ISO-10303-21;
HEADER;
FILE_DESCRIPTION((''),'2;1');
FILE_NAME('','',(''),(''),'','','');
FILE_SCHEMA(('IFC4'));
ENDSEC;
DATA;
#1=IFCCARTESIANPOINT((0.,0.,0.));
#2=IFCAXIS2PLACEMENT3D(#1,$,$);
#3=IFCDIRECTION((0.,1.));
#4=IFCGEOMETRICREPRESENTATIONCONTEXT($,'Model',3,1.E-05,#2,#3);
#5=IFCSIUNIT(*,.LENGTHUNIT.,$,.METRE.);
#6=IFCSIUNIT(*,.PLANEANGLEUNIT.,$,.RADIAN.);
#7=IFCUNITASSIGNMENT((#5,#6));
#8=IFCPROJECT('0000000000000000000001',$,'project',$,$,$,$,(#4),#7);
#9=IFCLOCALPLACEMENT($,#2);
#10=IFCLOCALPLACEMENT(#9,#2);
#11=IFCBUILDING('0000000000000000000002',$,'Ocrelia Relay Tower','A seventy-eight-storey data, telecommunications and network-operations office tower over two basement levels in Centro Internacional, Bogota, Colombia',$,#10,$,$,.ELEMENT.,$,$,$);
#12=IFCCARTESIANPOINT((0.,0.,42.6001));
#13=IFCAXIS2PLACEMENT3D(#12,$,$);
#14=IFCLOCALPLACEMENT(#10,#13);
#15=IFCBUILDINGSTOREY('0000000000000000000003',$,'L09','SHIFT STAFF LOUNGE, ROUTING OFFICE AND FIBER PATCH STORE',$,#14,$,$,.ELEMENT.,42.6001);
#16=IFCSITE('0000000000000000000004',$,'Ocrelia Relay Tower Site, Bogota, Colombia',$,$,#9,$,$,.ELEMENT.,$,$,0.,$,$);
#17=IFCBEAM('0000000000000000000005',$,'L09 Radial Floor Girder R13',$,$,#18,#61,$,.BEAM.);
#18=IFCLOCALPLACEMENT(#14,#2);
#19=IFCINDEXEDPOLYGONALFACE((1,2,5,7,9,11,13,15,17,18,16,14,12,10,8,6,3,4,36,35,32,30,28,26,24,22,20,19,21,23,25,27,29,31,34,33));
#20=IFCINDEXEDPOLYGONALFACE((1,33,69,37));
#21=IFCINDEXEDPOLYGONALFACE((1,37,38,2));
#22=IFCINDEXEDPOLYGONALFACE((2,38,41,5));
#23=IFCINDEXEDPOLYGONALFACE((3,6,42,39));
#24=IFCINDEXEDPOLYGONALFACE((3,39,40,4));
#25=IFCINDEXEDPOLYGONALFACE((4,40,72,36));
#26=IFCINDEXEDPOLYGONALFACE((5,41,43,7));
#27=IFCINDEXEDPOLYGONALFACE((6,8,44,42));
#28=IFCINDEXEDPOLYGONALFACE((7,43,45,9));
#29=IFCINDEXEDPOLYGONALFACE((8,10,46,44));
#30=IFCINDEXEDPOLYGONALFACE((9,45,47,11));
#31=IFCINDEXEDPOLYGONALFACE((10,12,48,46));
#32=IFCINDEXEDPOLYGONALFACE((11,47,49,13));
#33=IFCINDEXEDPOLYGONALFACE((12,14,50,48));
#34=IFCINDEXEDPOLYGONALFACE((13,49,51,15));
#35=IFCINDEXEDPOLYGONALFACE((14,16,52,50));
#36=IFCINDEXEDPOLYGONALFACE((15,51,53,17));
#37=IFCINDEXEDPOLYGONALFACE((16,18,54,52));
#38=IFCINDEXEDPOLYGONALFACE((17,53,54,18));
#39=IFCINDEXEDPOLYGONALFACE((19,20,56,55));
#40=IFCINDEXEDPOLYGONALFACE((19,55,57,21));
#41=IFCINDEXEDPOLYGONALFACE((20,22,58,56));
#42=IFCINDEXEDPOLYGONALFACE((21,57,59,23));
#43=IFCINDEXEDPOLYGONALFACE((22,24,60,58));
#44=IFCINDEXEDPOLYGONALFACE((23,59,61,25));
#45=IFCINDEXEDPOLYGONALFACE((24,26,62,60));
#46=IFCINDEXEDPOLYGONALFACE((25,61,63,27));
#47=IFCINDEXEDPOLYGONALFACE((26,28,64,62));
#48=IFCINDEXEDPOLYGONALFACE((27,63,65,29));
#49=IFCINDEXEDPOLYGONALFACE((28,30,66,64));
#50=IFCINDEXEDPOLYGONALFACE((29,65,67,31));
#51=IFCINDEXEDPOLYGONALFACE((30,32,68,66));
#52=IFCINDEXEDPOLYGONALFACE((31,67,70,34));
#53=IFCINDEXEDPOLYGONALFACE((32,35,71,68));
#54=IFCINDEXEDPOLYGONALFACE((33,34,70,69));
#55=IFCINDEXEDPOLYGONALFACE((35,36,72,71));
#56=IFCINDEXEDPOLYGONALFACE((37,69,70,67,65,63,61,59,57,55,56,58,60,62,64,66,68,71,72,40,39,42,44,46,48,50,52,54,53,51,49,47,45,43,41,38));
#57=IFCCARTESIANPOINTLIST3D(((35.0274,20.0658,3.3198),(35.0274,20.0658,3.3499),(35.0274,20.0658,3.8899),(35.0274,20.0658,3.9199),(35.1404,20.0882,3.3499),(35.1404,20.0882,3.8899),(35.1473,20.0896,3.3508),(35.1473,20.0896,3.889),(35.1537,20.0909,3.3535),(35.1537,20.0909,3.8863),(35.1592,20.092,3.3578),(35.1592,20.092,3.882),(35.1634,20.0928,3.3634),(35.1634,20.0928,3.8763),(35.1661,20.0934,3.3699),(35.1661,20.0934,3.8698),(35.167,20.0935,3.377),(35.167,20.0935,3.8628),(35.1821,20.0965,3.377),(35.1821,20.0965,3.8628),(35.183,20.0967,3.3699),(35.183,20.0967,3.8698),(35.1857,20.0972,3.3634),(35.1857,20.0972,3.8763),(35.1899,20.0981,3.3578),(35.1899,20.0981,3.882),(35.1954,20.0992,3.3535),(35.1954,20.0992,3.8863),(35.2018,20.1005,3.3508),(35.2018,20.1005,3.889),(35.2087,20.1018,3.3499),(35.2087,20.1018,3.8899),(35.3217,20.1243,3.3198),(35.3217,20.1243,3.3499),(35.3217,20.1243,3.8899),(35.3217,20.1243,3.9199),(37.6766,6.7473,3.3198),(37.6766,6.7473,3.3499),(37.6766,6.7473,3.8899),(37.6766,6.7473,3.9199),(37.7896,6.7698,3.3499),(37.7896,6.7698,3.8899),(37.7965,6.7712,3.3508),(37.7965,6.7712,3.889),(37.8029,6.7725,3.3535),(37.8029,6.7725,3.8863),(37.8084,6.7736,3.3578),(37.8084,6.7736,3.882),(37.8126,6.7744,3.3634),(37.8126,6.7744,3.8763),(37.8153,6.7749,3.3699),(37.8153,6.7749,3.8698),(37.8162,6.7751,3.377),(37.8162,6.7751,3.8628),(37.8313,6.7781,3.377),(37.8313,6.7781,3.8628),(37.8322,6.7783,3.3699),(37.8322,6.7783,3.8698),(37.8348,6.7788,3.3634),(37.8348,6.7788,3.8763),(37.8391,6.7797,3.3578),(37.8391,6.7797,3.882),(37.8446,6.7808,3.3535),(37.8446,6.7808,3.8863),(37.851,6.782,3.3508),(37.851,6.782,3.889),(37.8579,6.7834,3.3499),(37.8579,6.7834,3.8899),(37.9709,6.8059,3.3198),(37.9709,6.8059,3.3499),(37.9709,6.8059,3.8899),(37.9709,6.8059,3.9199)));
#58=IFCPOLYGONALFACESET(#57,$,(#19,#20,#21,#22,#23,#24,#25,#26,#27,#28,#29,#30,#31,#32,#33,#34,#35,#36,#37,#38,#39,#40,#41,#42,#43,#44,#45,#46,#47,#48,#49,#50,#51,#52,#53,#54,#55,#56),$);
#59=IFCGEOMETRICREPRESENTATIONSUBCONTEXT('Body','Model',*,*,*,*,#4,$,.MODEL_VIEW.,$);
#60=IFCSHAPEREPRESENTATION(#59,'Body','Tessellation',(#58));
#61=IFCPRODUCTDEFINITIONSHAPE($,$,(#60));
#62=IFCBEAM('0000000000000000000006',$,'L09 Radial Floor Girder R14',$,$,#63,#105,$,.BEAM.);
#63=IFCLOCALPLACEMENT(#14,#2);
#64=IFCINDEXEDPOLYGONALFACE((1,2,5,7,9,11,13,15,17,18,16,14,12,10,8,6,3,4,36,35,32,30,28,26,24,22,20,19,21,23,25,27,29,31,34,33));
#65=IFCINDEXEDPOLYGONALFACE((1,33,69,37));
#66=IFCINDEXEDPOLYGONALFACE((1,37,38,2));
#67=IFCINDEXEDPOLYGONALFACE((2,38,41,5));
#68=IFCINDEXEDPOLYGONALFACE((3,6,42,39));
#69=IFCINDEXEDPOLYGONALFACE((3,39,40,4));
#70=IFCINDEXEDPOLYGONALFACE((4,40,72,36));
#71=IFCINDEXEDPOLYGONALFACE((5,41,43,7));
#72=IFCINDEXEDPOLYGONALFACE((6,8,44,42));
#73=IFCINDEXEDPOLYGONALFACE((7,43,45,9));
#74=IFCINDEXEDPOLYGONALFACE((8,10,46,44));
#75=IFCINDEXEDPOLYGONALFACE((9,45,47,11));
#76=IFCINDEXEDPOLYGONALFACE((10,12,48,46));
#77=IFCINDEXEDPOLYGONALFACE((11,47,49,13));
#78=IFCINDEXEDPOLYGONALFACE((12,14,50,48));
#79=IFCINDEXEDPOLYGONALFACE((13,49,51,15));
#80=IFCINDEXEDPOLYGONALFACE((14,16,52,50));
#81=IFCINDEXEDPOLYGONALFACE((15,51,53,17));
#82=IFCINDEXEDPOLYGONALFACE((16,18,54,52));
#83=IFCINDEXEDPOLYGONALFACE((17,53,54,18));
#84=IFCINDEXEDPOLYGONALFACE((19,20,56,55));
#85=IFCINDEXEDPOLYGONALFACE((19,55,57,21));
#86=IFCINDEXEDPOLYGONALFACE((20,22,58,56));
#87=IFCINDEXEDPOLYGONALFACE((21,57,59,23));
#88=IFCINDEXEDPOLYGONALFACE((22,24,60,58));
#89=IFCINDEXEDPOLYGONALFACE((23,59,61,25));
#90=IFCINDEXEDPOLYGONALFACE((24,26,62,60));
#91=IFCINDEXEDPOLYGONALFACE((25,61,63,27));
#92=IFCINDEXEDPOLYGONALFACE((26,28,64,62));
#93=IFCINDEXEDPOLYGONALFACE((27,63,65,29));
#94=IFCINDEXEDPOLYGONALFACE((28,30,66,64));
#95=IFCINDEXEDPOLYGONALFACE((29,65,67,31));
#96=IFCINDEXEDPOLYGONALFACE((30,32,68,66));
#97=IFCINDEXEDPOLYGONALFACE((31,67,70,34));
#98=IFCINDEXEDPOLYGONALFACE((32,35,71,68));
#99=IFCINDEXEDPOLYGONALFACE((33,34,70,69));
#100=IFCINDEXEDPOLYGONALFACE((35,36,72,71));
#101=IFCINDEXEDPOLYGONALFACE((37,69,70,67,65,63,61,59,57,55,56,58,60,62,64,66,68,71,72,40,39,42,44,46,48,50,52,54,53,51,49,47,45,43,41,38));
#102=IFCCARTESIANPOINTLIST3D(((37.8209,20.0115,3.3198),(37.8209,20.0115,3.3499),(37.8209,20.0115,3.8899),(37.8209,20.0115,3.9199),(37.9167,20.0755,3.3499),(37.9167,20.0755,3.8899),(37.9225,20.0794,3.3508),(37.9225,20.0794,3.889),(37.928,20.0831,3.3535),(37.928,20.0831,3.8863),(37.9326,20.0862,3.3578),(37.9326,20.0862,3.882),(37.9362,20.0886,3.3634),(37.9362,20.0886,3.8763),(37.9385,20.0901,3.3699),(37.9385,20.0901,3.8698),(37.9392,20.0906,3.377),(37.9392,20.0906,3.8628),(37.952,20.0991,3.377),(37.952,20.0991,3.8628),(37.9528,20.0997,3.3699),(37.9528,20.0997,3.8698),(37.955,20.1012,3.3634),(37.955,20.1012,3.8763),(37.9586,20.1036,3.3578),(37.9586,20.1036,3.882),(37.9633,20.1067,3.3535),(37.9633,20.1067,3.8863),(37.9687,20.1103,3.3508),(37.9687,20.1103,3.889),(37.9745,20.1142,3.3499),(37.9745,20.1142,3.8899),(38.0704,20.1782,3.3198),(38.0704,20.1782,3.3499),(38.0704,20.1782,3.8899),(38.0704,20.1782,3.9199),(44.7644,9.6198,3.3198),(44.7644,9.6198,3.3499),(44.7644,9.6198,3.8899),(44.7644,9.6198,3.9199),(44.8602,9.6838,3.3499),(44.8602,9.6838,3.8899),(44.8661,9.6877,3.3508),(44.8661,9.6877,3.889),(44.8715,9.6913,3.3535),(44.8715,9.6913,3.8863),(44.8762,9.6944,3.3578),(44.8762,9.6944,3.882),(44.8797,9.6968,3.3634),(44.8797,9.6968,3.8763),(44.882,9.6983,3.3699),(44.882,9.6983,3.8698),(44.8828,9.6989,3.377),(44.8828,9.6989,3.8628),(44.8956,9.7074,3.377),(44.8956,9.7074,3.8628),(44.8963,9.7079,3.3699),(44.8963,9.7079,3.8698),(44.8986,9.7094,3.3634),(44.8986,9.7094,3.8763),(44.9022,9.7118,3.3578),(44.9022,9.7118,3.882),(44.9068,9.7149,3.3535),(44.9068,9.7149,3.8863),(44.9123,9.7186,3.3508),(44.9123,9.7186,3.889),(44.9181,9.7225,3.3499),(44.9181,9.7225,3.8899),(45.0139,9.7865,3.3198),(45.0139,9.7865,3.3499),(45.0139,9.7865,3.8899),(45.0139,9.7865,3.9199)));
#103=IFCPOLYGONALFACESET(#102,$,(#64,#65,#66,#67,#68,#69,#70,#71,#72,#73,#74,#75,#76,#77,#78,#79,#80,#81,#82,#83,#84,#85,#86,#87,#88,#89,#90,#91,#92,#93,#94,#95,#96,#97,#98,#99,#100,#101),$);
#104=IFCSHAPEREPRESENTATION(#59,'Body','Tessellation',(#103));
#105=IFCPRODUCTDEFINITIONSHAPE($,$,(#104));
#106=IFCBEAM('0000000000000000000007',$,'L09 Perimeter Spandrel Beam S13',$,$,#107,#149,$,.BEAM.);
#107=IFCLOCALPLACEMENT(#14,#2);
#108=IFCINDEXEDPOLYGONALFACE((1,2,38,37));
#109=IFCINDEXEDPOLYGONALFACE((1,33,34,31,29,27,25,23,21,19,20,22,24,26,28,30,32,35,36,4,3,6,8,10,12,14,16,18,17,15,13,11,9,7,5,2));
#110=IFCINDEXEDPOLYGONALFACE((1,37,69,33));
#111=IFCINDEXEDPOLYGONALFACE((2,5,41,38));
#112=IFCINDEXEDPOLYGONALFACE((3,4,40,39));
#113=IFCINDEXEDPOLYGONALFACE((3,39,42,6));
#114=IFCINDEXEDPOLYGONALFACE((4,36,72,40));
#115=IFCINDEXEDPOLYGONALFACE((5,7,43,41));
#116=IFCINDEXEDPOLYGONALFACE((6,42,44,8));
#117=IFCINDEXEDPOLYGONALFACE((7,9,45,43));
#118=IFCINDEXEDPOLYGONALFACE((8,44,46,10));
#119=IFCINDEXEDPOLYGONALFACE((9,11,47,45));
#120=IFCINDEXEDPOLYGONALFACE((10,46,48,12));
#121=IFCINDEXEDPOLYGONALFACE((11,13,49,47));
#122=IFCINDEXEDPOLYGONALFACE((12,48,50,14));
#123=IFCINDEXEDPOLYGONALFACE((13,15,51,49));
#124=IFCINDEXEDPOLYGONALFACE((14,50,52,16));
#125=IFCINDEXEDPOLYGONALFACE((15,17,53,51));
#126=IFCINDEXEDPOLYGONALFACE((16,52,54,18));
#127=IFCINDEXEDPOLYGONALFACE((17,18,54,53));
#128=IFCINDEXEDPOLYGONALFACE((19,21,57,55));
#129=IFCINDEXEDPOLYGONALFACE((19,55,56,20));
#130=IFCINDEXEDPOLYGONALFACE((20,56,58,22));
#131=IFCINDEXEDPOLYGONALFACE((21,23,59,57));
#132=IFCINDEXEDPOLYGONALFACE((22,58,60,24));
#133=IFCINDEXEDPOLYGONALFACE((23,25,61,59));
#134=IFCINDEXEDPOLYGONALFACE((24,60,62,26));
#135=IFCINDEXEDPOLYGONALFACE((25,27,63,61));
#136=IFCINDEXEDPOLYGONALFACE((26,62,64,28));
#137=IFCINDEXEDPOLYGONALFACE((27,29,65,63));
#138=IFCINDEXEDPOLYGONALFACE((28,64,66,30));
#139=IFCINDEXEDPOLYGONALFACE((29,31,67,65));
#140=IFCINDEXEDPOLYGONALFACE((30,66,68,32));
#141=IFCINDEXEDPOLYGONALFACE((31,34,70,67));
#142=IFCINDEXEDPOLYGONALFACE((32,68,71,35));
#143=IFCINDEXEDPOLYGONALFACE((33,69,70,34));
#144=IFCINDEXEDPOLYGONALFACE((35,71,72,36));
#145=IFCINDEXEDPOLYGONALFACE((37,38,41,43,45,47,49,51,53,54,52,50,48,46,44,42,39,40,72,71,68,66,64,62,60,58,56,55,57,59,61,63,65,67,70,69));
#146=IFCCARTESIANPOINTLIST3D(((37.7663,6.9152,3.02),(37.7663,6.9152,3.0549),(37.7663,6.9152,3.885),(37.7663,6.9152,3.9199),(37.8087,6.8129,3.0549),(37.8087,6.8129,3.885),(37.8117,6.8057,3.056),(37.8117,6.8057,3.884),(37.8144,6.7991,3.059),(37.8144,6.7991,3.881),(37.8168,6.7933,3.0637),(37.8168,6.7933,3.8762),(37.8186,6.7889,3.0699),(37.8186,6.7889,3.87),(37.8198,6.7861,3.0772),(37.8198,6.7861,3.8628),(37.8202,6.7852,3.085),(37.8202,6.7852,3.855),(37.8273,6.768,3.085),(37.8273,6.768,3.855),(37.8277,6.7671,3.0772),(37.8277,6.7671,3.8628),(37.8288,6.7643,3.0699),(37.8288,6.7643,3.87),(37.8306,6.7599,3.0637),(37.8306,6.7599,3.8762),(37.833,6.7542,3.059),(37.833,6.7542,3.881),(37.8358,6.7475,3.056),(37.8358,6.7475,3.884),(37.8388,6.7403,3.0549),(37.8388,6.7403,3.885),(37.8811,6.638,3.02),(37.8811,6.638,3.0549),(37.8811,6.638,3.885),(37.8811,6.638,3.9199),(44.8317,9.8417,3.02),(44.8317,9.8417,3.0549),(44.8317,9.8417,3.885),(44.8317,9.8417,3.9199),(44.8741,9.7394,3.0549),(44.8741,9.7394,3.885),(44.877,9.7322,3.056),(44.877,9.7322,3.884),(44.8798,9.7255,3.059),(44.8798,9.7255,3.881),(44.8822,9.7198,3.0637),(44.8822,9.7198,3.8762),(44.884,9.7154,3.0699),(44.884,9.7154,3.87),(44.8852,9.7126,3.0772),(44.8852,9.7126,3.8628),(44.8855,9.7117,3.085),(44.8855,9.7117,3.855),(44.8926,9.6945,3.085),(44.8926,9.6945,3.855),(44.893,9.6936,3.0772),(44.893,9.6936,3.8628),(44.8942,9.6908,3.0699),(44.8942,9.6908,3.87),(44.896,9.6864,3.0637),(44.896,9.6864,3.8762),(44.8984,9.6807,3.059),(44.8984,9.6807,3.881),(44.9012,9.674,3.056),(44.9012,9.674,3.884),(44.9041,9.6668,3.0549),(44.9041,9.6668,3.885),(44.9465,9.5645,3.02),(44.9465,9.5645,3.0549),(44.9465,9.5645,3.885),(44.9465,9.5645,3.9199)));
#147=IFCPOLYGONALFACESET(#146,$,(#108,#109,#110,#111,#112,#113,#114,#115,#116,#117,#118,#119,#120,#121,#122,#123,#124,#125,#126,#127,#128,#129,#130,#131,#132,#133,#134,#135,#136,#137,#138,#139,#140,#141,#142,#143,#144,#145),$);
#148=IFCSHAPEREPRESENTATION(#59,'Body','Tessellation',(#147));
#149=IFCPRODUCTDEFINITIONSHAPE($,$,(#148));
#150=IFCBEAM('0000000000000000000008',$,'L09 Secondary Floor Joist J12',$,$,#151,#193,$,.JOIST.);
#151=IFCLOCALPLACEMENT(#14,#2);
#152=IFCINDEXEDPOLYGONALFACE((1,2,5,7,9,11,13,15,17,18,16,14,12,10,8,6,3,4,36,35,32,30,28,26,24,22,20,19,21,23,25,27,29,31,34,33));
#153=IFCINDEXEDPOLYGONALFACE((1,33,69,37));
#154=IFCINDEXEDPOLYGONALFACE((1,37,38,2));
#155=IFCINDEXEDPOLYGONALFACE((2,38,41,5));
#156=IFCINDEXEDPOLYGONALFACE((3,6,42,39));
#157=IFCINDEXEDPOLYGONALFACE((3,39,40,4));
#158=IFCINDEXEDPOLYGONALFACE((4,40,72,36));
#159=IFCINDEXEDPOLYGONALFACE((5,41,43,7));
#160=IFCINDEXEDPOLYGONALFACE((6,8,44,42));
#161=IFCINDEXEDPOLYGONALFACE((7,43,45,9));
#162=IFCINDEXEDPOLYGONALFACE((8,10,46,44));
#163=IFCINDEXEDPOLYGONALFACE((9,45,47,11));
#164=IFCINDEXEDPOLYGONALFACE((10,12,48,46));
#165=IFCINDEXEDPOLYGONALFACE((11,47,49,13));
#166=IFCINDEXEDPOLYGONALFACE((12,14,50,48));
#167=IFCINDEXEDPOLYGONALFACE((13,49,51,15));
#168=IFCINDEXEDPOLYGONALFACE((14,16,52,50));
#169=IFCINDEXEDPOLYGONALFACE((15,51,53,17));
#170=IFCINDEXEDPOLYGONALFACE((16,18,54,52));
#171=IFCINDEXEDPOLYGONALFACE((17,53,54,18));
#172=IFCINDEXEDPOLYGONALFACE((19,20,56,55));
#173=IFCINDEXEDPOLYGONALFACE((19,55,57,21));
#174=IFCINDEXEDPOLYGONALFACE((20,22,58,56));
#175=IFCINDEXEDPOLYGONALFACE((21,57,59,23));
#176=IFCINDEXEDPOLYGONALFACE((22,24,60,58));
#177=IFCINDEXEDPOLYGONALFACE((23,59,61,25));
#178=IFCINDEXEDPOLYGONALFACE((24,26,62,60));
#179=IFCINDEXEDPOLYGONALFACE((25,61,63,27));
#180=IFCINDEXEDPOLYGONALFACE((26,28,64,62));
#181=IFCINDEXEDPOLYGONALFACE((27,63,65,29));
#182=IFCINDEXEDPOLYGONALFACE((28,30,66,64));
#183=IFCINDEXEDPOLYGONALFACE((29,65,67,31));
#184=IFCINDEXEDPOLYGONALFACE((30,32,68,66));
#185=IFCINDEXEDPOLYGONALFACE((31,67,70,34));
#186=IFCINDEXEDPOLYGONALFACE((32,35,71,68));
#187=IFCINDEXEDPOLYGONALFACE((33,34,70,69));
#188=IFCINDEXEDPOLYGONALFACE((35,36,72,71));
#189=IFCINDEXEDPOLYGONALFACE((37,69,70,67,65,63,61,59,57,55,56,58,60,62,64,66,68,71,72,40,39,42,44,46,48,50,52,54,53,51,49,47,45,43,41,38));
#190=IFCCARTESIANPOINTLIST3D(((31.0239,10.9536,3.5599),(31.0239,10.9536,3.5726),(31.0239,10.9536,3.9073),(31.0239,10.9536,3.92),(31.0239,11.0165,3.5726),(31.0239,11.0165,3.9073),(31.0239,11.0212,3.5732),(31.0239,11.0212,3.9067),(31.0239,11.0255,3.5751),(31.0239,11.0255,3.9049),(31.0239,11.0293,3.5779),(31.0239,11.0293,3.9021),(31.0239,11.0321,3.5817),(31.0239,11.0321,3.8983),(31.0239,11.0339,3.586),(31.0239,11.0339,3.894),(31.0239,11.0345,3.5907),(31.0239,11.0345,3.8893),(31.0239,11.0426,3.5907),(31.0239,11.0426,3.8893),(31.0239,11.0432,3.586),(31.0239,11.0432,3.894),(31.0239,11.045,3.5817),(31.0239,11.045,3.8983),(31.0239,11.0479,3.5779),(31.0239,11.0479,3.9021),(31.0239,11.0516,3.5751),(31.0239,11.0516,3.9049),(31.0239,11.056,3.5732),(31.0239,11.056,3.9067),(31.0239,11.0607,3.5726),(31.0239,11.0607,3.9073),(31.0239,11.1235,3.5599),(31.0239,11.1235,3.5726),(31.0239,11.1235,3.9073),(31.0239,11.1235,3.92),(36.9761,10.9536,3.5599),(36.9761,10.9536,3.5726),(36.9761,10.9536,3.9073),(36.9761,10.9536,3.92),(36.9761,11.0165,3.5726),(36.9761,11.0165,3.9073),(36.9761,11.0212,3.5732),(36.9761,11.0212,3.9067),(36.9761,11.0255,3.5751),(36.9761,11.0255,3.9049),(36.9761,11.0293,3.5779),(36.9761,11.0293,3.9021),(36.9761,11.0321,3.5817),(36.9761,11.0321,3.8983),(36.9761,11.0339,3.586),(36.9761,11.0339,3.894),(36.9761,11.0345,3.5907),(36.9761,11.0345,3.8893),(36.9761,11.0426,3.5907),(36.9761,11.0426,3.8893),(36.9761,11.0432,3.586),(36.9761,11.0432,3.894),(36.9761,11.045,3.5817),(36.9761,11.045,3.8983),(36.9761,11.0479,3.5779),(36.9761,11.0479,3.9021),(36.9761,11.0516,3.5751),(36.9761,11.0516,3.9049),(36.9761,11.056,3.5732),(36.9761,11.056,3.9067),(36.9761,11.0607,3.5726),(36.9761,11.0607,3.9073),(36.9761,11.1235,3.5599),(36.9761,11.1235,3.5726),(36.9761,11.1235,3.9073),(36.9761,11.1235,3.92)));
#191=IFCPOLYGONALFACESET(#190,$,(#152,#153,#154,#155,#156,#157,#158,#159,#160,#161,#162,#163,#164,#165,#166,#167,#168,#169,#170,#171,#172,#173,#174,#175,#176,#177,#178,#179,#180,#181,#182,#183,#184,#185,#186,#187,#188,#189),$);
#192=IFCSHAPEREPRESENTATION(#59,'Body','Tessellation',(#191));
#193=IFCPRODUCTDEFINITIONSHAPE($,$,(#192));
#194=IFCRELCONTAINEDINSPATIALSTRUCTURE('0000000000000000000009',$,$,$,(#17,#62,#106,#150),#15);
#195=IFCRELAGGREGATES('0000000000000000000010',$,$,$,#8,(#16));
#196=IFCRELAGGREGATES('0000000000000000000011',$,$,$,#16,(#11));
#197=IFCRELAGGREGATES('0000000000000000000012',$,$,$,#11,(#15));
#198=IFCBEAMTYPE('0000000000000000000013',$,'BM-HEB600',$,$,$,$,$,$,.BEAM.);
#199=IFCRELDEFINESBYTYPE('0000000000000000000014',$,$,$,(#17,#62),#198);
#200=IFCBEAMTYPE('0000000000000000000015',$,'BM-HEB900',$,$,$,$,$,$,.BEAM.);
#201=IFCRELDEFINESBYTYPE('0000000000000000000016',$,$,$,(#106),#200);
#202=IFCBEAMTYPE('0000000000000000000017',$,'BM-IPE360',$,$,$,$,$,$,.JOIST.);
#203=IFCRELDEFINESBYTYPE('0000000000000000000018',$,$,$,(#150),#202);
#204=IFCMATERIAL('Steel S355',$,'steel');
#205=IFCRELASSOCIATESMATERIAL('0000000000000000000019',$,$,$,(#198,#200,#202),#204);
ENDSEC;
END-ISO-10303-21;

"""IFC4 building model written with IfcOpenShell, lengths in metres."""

from ifc_helpers import new_model, si_unit, direction, frame, origin, origin_2d, place, context, subcontext, project, spatial, i_section, extrude, material, material_profile, profile_set, type_object, element, save


model = new_model("IFC4")

# Units and contexts
model_context = context("Model", 3, precision=1e-05, world=origin(), true_north=direction((0.0, 1.0)))
body_context = subcontext(model_context, "Body", "Model", "MODEL_VIEW")
ifc_project = project(units=[si_unit("LENGTHUNIT", "METRE"), si_unit("PLANEANGLEUNIT", "RADIAN")], contexts=[model_context])

# Site, building, storey
site_placement = place(None, origin())
site = spatial("IfcSite", under=ifc_project, at=site_placement, Name="Ocrelia Relay Tower Site, Bogota, Colombia", CompositionType="ELEMENT", RefElevation=0.0)
building_placement = place(site_placement, origin())
building = spatial("IfcBuilding", under=site, at=building_placement, Name="Ocrelia Relay Tower", Description="A seventy-eight-storey data, telecommunications and network-operations office tower over two basement levels in Centro Internacional, Bogota, Colombia", CompositionType="ELEMENT")
storey_placement = place(building_placement, frame((0.0, 0.0, 42.6001)))
storey = spatial("IfcBuildingStorey", under=building, at=storey_placement, Name="L09", Description="SHIFT STAFF LOUNGE, ROUTING OFFICE AND FIBER PATCH STORE", CompositionType="ELEMENT", Elevation=42.6001)

# Beams
ifc_material_1 = material(Name="Steel S355", Category="steel")
ifc_material_profile_1 = material_profile(ifc_material_1, i_section(OverallWidth=0.3, OverallDepth=0.6001, WebThickness=0.0154, FlangeThickness=0.03, FilletRadius=0.0271, at=origin_2d()), Name="HEB 600")
ifc_profile_set_1 = profile_set([ifc_material_profile_1], Name="Steel S355")
beam_type_1 = type_object("IfcBeamType", Name="BM-HEB600", PredefinedType="BEAM", material=ifc_profile_set_1)
beam_1_placement = place(storey_placement, frame((37.8237, 6.7766, 3.6199), z_axis=(-0.195089, 0.980786, 0.0), x_axis=(-0.980786, -0.195089, 0.0)))
element("IfcBeam", 1, at=beam_1_placement, inside=storey, type_object=beam_type_1, Name="L09 Radial Floor Girder R13", PredefinedType="BEAM", context=body_context, shape_type="SweptSolid", body=[
    extrude(i_section(OverallWidth=0.3, OverallDepth=0.6001, WebThickness=0.0154, FlangeThickness=0.03, FilletRadius=0.0271, at=origin_2d()), origin(), (0.0, 0.0, 1.0), 13.5793),
])
beam_2_placement = place(storey_placement, frame((44.8892, 9.7031, 3.6199), z_axis=(-0.55557, 0.83147, 0.0), x_axis=(-0.83147, -0.55557, 0.0)))
element("IfcBeam", 2, at=beam_2_placement, inside=storey, type_object=beam_type_1, Name="L09 Radial Floor Girder R14", PredefinedType="BEAM", context=body_context, shape_type="SweptSolid", body=[
    extrude(i_section(OverallWidth=0.3, OverallDepth=0.6001, WebThickness=0.0154, FlangeThickness=0.03, FilletRadius=0.0271, at=origin_2d()), origin(), (0.0, 0.0, 1.0), 12.498),
])
ifc_material_profile_2 = material_profile(ifc_material_1, i_section(OverallWidth=0.3, OverallDepth=0.8999, WebThickness=0.0186, FlangeThickness=0.0349, FilletRadius=0.03, at=origin_2d()), Name="HEB 900")
ifc_profile_set_2 = profile_set([ifc_material_profile_2], Name="Steel S355")
beam_type_2 = type_object("IfcBeamType", Name="BM-HEB900", PredefinedType="BEAM", material=ifc_profile_set_2)
beam_3_placement = place(storey_placement, frame((37.8237, 6.7766, 3.47), z_axis=(0.923883, 0.382674, 0.0), x_axis=(-0.382674, 0.923883, 0.0)))
element("IfcBeam", 3, at=beam_3_placement, inside=storey, type_object=beam_type_2, Name="L09 Perimeter Spandrel Beam S13", PredefinedType="BEAM", context=body_context, shape_type="SweptSolid", body=[
    extrude(i_section(OverallWidth=0.3, OverallDepth=0.8999, WebThickness=0.0186, FlangeThickness=0.0349, FilletRadius=0.03, at=origin_2d()), origin(), (0.0, 0.0, 1.0), 7.6475),
])
ifc_material_profile_3 = material_profile(ifc_material_1, i_section(OverallWidth=0.1699, OverallDepth=0.3601, WebThickness=0.0081, FlangeThickness=0.0127, FilletRadius=0.0181, at=origin_2d()), Name="IPE 360")
ifc_profile_set_3 = profile_set([ifc_material_profile_3], Name="Steel S355")
beam_type_3 = type_object("IfcBeamType", Name="BM-IPE360", PredefinedType="JOIST", material=ifc_profile_set_3)
beam_4_placement = place(storey_placement, frame((31.0239, 11.0386, 3.74), z_axis=(1.0, 0.0, 0.0), x_axis=(0.0, 1.0, 0.0)))
element("IfcBeam", 4, at=beam_4_placement, inside=storey, type_object=beam_type_3, Name="L09 Secondary Floor Joist J12", PredefinedType="JOIST", context=body_context, shape_type="SweptSolid", body=[
    extrude(i_section(OverallWidth=0.1699, OverallDepth=0.3601, WebThickness=0.0081, FlangeThickness=0.0127, FilletRadius=0.0181, at=origin_2d()), origin(), (0.0, 0.0, 1.0), 5.9521),
])

save(model, "model.ifc")
